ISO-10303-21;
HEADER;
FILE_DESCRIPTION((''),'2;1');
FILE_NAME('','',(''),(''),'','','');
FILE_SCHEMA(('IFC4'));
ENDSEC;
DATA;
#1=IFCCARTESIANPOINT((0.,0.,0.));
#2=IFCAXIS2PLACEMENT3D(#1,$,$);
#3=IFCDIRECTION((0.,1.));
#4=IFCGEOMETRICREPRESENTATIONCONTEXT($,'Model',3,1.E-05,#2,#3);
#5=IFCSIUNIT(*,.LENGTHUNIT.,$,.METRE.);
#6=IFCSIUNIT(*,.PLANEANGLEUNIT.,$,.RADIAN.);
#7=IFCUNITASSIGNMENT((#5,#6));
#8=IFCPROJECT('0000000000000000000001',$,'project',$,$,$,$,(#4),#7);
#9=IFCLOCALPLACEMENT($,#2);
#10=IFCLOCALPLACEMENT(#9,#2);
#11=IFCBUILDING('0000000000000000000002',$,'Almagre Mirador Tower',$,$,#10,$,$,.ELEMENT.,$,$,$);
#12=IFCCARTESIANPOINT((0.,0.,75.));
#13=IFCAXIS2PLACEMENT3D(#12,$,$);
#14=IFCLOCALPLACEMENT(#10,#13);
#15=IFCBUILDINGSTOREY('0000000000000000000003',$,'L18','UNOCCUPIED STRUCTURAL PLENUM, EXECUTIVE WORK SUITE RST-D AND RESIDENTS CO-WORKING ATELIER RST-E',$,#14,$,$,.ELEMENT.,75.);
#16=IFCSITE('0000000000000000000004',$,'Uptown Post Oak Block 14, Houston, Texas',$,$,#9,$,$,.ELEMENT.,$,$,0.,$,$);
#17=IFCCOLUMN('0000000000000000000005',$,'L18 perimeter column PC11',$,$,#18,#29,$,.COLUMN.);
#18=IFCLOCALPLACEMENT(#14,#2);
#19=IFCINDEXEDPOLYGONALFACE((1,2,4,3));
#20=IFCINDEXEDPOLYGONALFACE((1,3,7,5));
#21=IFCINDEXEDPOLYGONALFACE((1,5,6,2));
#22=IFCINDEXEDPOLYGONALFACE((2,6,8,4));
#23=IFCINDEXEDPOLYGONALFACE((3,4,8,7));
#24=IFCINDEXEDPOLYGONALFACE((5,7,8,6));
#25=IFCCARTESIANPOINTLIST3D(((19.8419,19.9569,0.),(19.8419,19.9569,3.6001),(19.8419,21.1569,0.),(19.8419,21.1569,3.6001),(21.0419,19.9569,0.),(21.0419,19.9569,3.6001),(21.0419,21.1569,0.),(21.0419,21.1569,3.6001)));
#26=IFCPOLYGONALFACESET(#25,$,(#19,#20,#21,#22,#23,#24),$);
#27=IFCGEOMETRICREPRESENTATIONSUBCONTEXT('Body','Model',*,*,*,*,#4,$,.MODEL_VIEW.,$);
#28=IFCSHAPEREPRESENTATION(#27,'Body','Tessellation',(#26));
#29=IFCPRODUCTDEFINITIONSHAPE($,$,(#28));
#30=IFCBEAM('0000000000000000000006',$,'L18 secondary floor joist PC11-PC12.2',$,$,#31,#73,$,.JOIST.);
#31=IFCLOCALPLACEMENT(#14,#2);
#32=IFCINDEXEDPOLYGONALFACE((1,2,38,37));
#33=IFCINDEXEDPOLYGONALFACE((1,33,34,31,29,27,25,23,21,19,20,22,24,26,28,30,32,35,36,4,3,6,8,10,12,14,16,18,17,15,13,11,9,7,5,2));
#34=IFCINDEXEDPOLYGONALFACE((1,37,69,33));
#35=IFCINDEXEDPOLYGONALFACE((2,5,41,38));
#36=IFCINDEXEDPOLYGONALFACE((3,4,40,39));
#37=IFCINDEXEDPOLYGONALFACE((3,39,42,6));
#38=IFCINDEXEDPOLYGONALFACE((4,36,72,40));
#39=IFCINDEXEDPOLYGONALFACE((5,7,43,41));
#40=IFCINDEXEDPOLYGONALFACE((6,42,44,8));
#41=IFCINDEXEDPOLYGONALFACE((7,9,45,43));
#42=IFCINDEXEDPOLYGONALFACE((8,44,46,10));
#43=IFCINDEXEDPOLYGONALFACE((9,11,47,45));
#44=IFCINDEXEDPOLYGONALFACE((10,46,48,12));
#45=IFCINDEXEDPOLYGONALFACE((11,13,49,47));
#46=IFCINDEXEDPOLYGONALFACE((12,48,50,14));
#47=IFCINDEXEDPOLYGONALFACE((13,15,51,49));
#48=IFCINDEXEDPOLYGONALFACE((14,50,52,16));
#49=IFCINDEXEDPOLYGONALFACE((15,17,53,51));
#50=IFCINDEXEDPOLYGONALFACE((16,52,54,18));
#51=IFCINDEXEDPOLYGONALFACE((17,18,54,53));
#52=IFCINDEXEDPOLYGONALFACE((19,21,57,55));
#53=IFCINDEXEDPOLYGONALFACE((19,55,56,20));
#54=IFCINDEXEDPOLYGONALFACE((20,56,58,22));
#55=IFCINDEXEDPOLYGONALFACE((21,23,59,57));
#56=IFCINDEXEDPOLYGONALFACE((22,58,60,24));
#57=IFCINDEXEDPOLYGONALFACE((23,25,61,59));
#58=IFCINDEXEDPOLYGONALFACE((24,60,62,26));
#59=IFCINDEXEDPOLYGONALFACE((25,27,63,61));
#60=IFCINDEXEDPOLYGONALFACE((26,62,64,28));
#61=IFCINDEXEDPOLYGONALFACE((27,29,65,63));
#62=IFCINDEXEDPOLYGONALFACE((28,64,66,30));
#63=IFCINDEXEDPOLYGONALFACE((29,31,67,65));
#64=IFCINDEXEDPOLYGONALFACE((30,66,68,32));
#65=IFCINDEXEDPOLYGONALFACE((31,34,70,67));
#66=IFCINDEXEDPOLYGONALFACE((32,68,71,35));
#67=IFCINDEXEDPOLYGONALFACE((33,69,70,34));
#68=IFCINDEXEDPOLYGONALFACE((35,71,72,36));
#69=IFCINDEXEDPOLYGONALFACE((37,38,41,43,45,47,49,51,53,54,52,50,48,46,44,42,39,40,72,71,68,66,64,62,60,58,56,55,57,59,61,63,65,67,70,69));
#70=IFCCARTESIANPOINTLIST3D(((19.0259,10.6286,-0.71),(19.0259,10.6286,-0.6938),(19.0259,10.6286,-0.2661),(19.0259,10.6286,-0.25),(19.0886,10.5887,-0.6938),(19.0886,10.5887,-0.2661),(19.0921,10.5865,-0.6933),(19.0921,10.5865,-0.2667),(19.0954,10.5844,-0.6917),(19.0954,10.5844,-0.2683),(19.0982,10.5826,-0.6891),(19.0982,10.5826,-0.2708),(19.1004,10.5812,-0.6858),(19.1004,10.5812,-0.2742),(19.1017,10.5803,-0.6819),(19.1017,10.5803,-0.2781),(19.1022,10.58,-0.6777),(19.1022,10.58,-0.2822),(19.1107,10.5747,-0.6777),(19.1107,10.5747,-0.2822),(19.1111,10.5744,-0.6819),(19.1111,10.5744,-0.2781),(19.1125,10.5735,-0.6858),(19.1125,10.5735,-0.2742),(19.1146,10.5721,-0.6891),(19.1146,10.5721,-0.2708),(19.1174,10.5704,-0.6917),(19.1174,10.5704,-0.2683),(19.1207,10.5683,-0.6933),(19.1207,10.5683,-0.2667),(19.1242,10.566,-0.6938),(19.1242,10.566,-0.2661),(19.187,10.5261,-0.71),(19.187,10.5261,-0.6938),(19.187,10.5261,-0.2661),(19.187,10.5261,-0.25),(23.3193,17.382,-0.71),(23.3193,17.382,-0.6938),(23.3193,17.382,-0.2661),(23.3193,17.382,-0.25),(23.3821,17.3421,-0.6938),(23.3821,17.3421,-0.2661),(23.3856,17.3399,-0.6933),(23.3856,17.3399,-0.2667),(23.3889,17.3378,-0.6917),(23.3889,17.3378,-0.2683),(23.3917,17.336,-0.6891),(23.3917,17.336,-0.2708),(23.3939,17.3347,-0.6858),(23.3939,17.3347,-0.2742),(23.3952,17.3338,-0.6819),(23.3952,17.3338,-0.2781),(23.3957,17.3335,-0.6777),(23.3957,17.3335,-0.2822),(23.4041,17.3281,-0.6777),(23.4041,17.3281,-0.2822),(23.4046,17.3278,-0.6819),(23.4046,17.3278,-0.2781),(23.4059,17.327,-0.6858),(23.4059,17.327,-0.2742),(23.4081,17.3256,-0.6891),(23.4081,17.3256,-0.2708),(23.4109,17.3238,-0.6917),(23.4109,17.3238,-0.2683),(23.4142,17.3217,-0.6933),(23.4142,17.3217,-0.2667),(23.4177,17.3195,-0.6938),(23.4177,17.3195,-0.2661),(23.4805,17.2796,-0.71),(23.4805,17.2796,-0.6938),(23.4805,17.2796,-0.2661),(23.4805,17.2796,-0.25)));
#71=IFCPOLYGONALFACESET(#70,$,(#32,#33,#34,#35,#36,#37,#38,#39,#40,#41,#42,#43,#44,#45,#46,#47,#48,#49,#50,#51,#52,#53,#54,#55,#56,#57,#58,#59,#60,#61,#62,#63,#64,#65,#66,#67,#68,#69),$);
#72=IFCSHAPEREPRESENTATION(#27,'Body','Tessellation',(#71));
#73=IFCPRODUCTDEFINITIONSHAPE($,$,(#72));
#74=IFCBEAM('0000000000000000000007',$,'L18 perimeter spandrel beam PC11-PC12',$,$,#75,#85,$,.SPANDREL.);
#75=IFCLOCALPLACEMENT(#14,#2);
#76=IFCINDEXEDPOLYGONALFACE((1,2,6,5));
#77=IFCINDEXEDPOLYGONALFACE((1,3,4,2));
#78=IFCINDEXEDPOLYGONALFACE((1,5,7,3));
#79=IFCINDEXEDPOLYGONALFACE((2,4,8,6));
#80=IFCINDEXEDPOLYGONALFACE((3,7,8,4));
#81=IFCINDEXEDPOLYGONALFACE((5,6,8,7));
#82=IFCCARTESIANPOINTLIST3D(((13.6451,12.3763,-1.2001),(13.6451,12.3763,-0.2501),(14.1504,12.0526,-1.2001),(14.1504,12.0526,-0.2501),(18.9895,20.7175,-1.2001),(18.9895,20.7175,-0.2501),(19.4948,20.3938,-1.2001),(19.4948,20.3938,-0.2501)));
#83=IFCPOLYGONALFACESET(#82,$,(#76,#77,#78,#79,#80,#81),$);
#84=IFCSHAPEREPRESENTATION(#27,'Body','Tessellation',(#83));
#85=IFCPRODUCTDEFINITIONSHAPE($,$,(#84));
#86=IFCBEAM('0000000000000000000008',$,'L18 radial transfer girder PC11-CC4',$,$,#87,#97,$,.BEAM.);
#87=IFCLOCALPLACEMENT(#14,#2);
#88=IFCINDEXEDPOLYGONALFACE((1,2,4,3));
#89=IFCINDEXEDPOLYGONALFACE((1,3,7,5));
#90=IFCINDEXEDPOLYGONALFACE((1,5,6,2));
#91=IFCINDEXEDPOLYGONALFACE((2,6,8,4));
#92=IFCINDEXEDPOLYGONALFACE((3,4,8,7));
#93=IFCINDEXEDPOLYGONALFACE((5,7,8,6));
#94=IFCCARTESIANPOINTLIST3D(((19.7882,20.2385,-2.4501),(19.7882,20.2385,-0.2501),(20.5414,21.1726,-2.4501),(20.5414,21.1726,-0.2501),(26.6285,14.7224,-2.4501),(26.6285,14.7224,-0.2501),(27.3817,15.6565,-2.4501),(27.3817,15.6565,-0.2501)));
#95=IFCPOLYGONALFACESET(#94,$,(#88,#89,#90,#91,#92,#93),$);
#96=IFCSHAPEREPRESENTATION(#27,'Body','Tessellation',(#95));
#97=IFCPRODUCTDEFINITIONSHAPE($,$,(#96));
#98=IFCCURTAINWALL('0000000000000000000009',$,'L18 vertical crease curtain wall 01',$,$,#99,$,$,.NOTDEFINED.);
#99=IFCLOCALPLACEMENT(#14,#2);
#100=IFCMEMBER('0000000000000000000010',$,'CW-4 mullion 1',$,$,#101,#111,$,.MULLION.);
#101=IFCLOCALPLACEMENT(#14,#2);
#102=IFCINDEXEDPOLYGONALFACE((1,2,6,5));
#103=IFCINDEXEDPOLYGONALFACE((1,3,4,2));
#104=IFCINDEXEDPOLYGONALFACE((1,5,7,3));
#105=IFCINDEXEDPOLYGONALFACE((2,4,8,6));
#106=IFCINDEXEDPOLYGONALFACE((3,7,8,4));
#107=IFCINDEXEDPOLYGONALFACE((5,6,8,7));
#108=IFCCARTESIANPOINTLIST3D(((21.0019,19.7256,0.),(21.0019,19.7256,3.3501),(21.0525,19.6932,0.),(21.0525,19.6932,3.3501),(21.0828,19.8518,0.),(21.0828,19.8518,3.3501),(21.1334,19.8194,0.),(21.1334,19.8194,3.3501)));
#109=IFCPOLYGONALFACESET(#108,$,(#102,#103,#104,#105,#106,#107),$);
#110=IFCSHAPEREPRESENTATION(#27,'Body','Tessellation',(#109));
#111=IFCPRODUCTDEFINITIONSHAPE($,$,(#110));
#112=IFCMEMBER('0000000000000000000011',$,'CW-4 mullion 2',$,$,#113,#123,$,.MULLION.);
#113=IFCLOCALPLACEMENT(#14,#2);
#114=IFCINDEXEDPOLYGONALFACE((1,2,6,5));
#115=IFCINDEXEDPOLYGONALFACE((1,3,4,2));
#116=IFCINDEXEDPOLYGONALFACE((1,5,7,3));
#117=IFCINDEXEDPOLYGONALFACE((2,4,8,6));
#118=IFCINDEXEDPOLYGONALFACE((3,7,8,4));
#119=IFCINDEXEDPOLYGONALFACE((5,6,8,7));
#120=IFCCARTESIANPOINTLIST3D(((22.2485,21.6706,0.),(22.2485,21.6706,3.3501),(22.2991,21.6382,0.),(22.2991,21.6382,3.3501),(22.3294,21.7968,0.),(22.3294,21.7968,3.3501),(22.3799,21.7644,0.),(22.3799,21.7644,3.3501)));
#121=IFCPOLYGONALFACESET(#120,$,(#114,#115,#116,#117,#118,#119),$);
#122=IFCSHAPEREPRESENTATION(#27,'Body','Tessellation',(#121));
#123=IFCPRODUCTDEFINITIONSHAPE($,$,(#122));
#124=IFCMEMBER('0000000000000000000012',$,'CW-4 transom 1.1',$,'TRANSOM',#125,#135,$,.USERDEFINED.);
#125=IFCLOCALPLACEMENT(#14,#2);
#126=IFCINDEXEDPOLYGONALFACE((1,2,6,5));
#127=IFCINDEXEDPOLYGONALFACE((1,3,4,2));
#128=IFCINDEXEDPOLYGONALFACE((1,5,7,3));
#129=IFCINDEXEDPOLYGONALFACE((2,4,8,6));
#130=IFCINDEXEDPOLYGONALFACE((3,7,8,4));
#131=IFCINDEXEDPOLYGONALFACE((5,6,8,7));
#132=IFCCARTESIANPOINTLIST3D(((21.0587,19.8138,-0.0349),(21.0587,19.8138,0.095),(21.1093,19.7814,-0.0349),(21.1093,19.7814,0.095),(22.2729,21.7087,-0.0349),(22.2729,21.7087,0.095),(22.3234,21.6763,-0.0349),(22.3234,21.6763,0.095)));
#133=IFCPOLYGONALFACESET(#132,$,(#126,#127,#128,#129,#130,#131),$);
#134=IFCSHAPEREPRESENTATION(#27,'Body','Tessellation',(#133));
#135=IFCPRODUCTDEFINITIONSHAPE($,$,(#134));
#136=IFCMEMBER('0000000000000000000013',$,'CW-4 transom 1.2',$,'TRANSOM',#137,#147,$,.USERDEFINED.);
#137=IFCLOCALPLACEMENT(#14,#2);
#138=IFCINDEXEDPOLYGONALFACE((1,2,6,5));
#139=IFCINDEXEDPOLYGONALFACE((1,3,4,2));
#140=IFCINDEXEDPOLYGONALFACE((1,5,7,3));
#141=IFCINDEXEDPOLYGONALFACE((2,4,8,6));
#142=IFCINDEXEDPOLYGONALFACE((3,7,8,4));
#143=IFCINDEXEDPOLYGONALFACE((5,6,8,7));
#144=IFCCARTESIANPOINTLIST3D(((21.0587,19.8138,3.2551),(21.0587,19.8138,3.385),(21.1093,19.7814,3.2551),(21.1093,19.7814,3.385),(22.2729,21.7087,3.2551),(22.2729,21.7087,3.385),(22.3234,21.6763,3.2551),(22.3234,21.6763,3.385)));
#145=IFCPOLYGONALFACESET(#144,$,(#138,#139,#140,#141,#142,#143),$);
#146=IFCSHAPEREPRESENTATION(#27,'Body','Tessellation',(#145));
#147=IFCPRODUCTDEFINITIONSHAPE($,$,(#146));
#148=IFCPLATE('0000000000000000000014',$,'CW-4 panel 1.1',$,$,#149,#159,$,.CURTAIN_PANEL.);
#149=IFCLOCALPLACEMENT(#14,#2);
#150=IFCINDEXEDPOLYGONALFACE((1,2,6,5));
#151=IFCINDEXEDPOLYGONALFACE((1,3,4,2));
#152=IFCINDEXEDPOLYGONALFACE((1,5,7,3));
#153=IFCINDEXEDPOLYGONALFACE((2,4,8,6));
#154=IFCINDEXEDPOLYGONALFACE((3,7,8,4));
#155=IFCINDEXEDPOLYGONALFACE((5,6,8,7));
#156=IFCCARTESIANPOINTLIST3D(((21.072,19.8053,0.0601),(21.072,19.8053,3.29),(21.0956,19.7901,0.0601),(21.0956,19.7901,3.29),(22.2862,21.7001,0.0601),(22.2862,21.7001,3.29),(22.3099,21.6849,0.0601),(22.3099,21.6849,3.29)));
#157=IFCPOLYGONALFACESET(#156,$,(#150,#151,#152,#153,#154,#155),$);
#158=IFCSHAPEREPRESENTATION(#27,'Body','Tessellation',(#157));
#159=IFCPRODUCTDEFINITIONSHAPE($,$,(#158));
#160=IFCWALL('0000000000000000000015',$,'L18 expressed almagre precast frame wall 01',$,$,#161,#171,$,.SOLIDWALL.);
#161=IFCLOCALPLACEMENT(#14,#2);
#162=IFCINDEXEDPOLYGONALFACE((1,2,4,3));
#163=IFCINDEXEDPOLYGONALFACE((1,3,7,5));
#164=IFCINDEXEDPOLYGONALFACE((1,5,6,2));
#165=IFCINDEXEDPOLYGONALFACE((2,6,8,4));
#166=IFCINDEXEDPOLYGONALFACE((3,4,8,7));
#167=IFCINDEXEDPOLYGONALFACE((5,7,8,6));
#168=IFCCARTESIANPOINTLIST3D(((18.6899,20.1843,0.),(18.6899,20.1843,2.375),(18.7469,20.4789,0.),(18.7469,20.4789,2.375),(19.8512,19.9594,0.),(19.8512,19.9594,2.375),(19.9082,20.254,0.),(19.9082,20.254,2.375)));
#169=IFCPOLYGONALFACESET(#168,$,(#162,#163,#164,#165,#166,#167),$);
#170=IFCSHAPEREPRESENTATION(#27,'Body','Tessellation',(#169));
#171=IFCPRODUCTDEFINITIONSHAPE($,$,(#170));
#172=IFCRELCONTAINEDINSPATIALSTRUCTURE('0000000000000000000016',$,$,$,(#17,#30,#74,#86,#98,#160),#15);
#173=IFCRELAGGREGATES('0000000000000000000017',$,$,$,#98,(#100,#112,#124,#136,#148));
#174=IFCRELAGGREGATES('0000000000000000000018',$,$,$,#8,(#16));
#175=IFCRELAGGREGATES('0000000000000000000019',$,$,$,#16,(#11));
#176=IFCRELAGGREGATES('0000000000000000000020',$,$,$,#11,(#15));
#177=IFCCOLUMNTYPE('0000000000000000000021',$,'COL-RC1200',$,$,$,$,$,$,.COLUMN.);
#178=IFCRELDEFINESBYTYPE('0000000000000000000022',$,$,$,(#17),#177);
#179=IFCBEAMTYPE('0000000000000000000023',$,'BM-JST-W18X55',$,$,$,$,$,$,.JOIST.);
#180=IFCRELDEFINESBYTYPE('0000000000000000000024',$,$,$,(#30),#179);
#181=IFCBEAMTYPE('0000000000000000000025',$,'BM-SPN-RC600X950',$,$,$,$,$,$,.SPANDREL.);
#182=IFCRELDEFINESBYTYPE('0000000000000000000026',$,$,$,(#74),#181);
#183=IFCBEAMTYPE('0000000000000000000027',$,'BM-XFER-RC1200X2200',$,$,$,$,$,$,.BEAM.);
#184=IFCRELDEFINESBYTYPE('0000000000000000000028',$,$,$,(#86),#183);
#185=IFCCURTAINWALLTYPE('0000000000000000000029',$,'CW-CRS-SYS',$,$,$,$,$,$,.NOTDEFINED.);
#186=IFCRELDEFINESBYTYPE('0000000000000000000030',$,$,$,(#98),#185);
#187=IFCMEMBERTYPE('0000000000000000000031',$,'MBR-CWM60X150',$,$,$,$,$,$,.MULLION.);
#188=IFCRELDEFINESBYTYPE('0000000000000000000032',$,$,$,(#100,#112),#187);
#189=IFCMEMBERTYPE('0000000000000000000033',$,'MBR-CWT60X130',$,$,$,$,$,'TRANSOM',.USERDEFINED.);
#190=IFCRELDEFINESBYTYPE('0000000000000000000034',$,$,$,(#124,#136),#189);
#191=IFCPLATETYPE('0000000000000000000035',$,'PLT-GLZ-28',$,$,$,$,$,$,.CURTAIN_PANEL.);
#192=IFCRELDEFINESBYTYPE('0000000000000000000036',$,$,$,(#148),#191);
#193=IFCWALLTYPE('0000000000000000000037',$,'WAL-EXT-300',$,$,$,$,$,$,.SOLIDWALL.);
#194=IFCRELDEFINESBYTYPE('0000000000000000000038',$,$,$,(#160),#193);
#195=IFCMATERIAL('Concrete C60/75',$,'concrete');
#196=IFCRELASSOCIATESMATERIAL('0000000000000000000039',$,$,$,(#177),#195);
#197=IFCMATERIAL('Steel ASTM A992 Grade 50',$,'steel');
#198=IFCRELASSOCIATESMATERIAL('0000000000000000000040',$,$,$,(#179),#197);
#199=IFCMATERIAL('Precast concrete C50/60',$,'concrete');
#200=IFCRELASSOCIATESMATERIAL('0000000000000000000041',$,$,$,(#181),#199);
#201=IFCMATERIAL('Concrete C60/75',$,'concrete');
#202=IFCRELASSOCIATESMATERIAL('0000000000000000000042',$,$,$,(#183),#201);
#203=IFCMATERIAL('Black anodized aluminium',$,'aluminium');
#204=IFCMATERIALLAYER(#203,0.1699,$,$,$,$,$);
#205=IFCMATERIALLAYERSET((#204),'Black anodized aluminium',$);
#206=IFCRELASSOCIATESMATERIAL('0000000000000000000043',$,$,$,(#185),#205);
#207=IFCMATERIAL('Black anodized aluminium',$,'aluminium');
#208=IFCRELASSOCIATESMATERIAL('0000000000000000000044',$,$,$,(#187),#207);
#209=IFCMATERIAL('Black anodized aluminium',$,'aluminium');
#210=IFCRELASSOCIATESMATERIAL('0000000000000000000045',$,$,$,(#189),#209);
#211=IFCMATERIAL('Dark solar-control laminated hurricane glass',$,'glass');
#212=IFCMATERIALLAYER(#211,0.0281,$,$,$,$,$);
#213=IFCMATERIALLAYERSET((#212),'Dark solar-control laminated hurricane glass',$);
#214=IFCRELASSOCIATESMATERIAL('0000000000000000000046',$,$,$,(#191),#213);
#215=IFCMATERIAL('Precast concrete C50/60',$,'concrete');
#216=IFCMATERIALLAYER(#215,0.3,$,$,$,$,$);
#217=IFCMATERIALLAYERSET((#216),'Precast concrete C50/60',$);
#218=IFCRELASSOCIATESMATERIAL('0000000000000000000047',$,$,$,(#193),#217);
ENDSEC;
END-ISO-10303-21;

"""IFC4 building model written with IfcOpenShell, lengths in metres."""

from ifc_helpers import new_model, si_unit, direction, frame, frame_2d, origin, origin_2d, place, context, subcontext, project, spatial, rectangle, i_section, extrude, material, layer, layer_set, material_profile, profile_set, type_object, element, aggregate, save


model = new_model("IFC4")

# Units and contexts
model_context = context("Model", 3, precision=1e-05, world=origin(), true_north=direction((0.0, 1.0)))
body_context = subcontext(model_context, "Body", "Model", "MODEL_VIEW")
ifc_project = project(units=[si_unit("LENGTHUNIT", "METRE"), si_unit("PLANEANGLEUNIT", "RADIAN")], contexts=[model_context])

# Site, building, storey
site_placement = place(None, origin())
site = spatial("IfcSite", under=ifc_project, at=site_placement, Name="Uptown Post Oak Block 14, Houston, Texas", CompositionType="ELEMENT", RefElevation=0.0)
building_placement = place(site_placement, origin())
building = spatial("IfcBuilding", under=site, at=building_placement, Name="Almagre Mirador Tower", CompositionType="ELEMENT")
storey_placement = place(building_placement, frame((0.0, 0.0, 75.0)))
storey = spatial("IfcBuildingStorey", under=building, at=storey_placement, Name="L18", Description="UNOCCUPIED STRUCTURAL PLENUM, EXECUTIVE WORK SUITE RST-D AND RESIDENTS CO-WORKING ATELIER RST-E", CompositionType="ELEMENT", Elevation=75.0)

# Column
ifc_material_1 = material(Name="Concrete C60/75", Category="concrete")
ifc_material_profile_1 = material_profile(ifc_material_1, rectangle(XDim=1.2, YDim=1.2, at=origin_2d()), Name="RC1200X1200")
ifc_profile_set_1 = profile_set([ifc_material_profile_1], Name="Concrete C60/75")
column_type = type_object("IfcColumnType", Name="COL-RC1200", PredefinedType="COLUMN", material=ifc_profile_set_1)
column_placement = place(storey_placement, frame((20.4419, 20.5569, 0.0), z_axis=(0.0, 0.0, 1.0), x_axis=(1.0, 0.0, 0.0)))
element("IfcColumn", 1, at=column_placement, inside=storey, type_object=column_type, Name="L18 perimeter column PC11", PredefinedType="COLUMN", context=body_context, shape_type="SweptSolid", body=[
    extrude(rectangle(XDim=1.2, YDim=1.2, at=origin_2d()), origin(), (0.0, 0.0, 1.0), 3.6001),
])

# Beams
ifc_material_2 = material(Name="Steel ASTM A992 Grade 50", Category="steel")
ifc_material_profile_2 = material_profile(ifc_material_2, i_section(OverallWidth=0.1909, OverallDepth=0.46, WebThickness=0.01, FlangeThickness=0.0161, FilletRadius=0.0161, at=origin_2d()), Name="W18X55")
ifc_profile_set_2 = profile_set([ifc_material_profile_2], Name="Steel ASTM A992 Grade 50")
beam_type_1 = type_object("IfcBeamType", Name="BM-JST-W18X55", PredefinedType="JOIST", material=ifc_profile_set_2)
beam_1_placement = place(storey_placement, frame((23.3999, 17.3308, -0.48), z_axis=(-0.536504, -0.843898, 0.0), x_axis=(0.843898, -0.536504, 0.0)))
element("IfcBeam", 2, at=beam_1_placement, inside=storey, type_object=beam_type_1, Name="L18 secondary floor joist PC11-PC12.2", PredefinedType="JOIST", context=body_context, shape_type="SweptSolid", body=[
    extrude(i_section(OverallWidth=0.1909, OverallDepth=0.46, WebThickness=0.01, FlangeThickness=0.0161, FilletRadius=0.0161, at=origin_2d()), origin(), (0.0, 0.0, 1.0), 8.0027),
])
ifc_material_3 = material(Name="Precast concrete C50/60", Category="concrete")
ifc_material_profile_3 = material_profile(ifc_material_3, rectangle(XDim=0.6001, YDim=0.95, at=origin_2d()), Name="RC600X950")
ifc_profile_set_3 = profile_set([ifc_material_profile_3], Name="Precast concrete C50/60")
beam_type_2 = type_object("IfcBeamType", Name="BM-SPN-RC600X950", PredefinedType="SPANDREL", material=ifc_profile_set_3)
beam_2_placement = place(storey_placement, frame((19.2422, 20.5557, -0.7251), z_axis=(-0.539487, -0.841994, 0.0), x_axis=(0.841994, -0.539487, 0.0)))
element("IfcBeam", 3, at=beam_2_placement, inside=storey, type_object=beam_type_2, Name="L18 perimeter spandrel beam PC11-PC12", PredefinedType="SPANDREL", context=body_context, shape_type="SweptSolid", body=[
    extrude(rectangle(XDim=0.6001, YDim=0.95, at=origin_2d()), origin(), (0.0, 0.0, 1.0), 9.9065),
])
ifc_material_4 = material(Name="Concrete C60/75", Category="concrete")
ifc_material_profile_4 = material_profile(ifc_material_4, rectangle(XDim=1.2, YDim=2.2, at=origin_2d()), Name="RC1200X2200")
ifc_profile_set_4 = profile_set([ifc_material_profile_4], Name="Concrete C60/75")
beam_type_3 = type_object("IfcBeamType", Name="BM-XFER-RC1200X2200", PredefinedType="BEAM", material=ifc_profile_set_4)
beam_3_placement = place(storey_placement, frame((20.1648, 20.7056, -1.3501), z_axis=(0.778429, -0.627733, 0.0), x_axis=(0.627733, 0.778429, 0.0)))
element("IfcBeam", 4, at=beam_3_placement, inside=storey, type_object=beam_type_3, Name="L18 radial transfer girder PC11-CC4", PredefinedType="BEAM", context=body_context, shape_type="SweptSolid", body=[
    extrude(rectangle(XDim=1.2, YDim=2.2, at=origin_2d()), origin(), (0.0, 0.0, 1.0), 8.7874),
])

# Curtain wall, members, plate
ifc_material_5 = material(Name="Black anodized aluminium", Category="aluminium")
ifc_layer_1 = layer(ifc_material_5, 0.1699)
ifc_layer_set_1 = layer_set([ifc_layer_1], Name="Black anodized aluminium")
curtain_wall_type = type_object("IfcCurtainWallType", Name="CW-CRS-SYS", PredefinedType="NOTDEFINED", material=ifc_layer_set_1)
curtain_wall_placement = place(storey_placement, origin())
curtain_wall = element("IfcCurtainWall", 5, at=curtain_wall_placement, inside=storey, type_object=curtain_wall_type, Name="L18 vertical crease curtain wall 01", PredefinedType="NOTDEFINED")
ifc_material_6 = material(Name="Black anodized aluminium", Category="aluminium")
ifc_material_profile_5 = material_profile(ifc_material_6, rectangle(XDim=0.0601, YDim=0.1499, at=origin_2d()), Name="CWM60X150")
ifc_profile_set_5 = profile_set([ifc_material_profile_5], Name="Black anodized aluminium")
member_type_1 = type_object("IfcMemberType", Name="MBR-CWM60X150", PredefinedType="MULLION", material=ifc_profile_set_5)
member_1_placement = place(storey_placement, frame((21.0676, 19.7725, 0.0), z_axis=(0.0, 0.0, 1.0), x_axis=(-0.841948, 0.539559, 0.0)))
member_1 = element("IfcMember", 6, at=member_1_placement, type_object=member_type_1, Name="CW-4 mullion 1", PredefinedType="MULLION", context=body_context, shape_type="SweptSolid", body=[
    extrude(rectangle(XDim=0.0601, YDim=0.1499, at=origin_2d()), origin(), (0.0, 0.0, 1.0), 3.3501),
])
member_2_placement = place(storey_placement, frame((22.3142, 21.7175, 0.0), z_axis=(0.0, 0.0, 1.0), x_axis=(-0.841948, 0.539559, 0.0)))
member_2 = element("IfcMember", 7, at=member_2_placement, type_object=member_type_1, Name="CW-4 mullion 2", PredefinedType="MULLION", context=body_context, shape_type="SweptSolid", body=[
    extrude(rectangle(XDim=0.0601, YDim=0.1499, at=origin_2d()), origin(), (0.0, 0.0, 1.0), 3.3501),
])
ifc_material_7 = material(Name="Black anodized aluminium", Category="aluminium")
ifc_material_profile_6 = material_profile(ifc_material_7, rectangle(XDim=0.0601, YDim=0.1299, at=origin_2d()), Name="CWT60X130")
ifc_profile_set_6 = profile_set([ifc_material_profile_6], Name="Black anodized aluminium")
member_type_2 = type_object("IfcMemberType", Name="MBR-CWT60X130", ElementType="TRANSOM", PredefinedType="USERDEFINED", material=ifc_profile_set_6)
member_3_placement = place(storey_placement, frame((21.084, 19.7976, 0.03), z_axis=(0.539512, 0.841978, 0.0), x_axis=(-0.841978, 0.539512, 0.0)))
member_3 = element("IfcMember", 8, at=member_3_placement, type_object=member_type_2, Name="CW-4 transom 1.1", ObjectType="TRANSOM", PredefinedType="USERDEFINED", context=body_context, shape_type="SweptSolid", body=[
    extrude(rectangle(XDim=0.0601, YDim=0.1299, at=origin_2d()), origin(), (0.0, 0.0, 1.0), 2.2505),
])
member_4_placement = place(storey_placement, frame((21.084, 19.7976, 3.3201), z_axis=(0.539512, 0.841978, 0.0), x_axis=(-0.841978, 0.539512, 0.0)))
member_4 = element("IfcMember", 9, at=member_4_placement, type_object=member_type_2, Name="CW-4 transom 1.2", ObjectType="TRANSOM", PredefinedType="USERDEFINED", context=body_context, shape_type="SweptSolid", body=[
    extrude(rectangle(XDim=0.0601, YDim=0.1299, at=origin_2d()), origin(), (0.0, 0.0, 1.0), 2.2505),
])
ifc_material_8 = material(Name="Dark solar-control laminated hurricane glass", Category="glass")
ifc_layer_2 = layer(ifc_material_8, 0.0281)
ifc_layer_set_2 = layer_set([ifc_layer_2], Name="Dark solar-control laminated hurricane glass")
plate_type = type_object("IfcPlateType", Name="PLT-GLZ-28", PredefinedType="CURTAIN_PANEL", material=ifc_layer_set_2)
plate_placement = place(storey_placement, frame((21.6909, 20.7451, 0.0601), z_axis=(0.0, 0.0, 1.0), x_axis=(0.539559, 0.841948, 0.0)))
plate = element("IfcPlate", 10, at=plate_placement, type_object=plate_type, Name="CW-4 panel 1.1", PredefinedType="CURTAIN_PANEL", context=body_context, shape_type="SweptSolid", body=[
    extrude(rectangle(XDim=2.2505, YDim=0.0281, at=origin_2d()), origin(), (0.0, 0.0, 1.0), 3.23),
])
aggregate(curtain_wall, [member_1, member_2, member_3, member_4, plate])

# Wall
ifc_material_9 = material(Name="Precast concrete C50/60", Category="concrete")
ifc_layer_3 = layer(ifc_material_9, 0.3)
ifc_layer_set_3 = layer_set([ifc_layer_3], Name="Precast concrete C50/60")
wall_type_1 = type_object("IfcWallType", Name="WAL-EXT-300", PredefinedType="SOLIDWALL", material=ifc_layer_set_3)
wall_1_placement = place(storey_placement, frame((18.7185, 20.3315, 0.0), z_axis=(0.0, 0.0, 1.0), x_axis=(0.981769, -0.19008, 0.0)))
element("IfcWall", 11, at=wall_1_placement, inside=storey, type_object=wall_type_1, Name="L18 expressed almagre precast frame wall 01", PredefinedType="SOLIDWALL", context=body_context, shape_type="SweptSolid", body=[
    extrude(rectangle(XDim=1.1829, YDim=0.3, at=frame_2d((0.5913, 0.0))), origin(), (0.0, 0.0, 1.0), 2.375),
])

save(model, "model.ifc")
